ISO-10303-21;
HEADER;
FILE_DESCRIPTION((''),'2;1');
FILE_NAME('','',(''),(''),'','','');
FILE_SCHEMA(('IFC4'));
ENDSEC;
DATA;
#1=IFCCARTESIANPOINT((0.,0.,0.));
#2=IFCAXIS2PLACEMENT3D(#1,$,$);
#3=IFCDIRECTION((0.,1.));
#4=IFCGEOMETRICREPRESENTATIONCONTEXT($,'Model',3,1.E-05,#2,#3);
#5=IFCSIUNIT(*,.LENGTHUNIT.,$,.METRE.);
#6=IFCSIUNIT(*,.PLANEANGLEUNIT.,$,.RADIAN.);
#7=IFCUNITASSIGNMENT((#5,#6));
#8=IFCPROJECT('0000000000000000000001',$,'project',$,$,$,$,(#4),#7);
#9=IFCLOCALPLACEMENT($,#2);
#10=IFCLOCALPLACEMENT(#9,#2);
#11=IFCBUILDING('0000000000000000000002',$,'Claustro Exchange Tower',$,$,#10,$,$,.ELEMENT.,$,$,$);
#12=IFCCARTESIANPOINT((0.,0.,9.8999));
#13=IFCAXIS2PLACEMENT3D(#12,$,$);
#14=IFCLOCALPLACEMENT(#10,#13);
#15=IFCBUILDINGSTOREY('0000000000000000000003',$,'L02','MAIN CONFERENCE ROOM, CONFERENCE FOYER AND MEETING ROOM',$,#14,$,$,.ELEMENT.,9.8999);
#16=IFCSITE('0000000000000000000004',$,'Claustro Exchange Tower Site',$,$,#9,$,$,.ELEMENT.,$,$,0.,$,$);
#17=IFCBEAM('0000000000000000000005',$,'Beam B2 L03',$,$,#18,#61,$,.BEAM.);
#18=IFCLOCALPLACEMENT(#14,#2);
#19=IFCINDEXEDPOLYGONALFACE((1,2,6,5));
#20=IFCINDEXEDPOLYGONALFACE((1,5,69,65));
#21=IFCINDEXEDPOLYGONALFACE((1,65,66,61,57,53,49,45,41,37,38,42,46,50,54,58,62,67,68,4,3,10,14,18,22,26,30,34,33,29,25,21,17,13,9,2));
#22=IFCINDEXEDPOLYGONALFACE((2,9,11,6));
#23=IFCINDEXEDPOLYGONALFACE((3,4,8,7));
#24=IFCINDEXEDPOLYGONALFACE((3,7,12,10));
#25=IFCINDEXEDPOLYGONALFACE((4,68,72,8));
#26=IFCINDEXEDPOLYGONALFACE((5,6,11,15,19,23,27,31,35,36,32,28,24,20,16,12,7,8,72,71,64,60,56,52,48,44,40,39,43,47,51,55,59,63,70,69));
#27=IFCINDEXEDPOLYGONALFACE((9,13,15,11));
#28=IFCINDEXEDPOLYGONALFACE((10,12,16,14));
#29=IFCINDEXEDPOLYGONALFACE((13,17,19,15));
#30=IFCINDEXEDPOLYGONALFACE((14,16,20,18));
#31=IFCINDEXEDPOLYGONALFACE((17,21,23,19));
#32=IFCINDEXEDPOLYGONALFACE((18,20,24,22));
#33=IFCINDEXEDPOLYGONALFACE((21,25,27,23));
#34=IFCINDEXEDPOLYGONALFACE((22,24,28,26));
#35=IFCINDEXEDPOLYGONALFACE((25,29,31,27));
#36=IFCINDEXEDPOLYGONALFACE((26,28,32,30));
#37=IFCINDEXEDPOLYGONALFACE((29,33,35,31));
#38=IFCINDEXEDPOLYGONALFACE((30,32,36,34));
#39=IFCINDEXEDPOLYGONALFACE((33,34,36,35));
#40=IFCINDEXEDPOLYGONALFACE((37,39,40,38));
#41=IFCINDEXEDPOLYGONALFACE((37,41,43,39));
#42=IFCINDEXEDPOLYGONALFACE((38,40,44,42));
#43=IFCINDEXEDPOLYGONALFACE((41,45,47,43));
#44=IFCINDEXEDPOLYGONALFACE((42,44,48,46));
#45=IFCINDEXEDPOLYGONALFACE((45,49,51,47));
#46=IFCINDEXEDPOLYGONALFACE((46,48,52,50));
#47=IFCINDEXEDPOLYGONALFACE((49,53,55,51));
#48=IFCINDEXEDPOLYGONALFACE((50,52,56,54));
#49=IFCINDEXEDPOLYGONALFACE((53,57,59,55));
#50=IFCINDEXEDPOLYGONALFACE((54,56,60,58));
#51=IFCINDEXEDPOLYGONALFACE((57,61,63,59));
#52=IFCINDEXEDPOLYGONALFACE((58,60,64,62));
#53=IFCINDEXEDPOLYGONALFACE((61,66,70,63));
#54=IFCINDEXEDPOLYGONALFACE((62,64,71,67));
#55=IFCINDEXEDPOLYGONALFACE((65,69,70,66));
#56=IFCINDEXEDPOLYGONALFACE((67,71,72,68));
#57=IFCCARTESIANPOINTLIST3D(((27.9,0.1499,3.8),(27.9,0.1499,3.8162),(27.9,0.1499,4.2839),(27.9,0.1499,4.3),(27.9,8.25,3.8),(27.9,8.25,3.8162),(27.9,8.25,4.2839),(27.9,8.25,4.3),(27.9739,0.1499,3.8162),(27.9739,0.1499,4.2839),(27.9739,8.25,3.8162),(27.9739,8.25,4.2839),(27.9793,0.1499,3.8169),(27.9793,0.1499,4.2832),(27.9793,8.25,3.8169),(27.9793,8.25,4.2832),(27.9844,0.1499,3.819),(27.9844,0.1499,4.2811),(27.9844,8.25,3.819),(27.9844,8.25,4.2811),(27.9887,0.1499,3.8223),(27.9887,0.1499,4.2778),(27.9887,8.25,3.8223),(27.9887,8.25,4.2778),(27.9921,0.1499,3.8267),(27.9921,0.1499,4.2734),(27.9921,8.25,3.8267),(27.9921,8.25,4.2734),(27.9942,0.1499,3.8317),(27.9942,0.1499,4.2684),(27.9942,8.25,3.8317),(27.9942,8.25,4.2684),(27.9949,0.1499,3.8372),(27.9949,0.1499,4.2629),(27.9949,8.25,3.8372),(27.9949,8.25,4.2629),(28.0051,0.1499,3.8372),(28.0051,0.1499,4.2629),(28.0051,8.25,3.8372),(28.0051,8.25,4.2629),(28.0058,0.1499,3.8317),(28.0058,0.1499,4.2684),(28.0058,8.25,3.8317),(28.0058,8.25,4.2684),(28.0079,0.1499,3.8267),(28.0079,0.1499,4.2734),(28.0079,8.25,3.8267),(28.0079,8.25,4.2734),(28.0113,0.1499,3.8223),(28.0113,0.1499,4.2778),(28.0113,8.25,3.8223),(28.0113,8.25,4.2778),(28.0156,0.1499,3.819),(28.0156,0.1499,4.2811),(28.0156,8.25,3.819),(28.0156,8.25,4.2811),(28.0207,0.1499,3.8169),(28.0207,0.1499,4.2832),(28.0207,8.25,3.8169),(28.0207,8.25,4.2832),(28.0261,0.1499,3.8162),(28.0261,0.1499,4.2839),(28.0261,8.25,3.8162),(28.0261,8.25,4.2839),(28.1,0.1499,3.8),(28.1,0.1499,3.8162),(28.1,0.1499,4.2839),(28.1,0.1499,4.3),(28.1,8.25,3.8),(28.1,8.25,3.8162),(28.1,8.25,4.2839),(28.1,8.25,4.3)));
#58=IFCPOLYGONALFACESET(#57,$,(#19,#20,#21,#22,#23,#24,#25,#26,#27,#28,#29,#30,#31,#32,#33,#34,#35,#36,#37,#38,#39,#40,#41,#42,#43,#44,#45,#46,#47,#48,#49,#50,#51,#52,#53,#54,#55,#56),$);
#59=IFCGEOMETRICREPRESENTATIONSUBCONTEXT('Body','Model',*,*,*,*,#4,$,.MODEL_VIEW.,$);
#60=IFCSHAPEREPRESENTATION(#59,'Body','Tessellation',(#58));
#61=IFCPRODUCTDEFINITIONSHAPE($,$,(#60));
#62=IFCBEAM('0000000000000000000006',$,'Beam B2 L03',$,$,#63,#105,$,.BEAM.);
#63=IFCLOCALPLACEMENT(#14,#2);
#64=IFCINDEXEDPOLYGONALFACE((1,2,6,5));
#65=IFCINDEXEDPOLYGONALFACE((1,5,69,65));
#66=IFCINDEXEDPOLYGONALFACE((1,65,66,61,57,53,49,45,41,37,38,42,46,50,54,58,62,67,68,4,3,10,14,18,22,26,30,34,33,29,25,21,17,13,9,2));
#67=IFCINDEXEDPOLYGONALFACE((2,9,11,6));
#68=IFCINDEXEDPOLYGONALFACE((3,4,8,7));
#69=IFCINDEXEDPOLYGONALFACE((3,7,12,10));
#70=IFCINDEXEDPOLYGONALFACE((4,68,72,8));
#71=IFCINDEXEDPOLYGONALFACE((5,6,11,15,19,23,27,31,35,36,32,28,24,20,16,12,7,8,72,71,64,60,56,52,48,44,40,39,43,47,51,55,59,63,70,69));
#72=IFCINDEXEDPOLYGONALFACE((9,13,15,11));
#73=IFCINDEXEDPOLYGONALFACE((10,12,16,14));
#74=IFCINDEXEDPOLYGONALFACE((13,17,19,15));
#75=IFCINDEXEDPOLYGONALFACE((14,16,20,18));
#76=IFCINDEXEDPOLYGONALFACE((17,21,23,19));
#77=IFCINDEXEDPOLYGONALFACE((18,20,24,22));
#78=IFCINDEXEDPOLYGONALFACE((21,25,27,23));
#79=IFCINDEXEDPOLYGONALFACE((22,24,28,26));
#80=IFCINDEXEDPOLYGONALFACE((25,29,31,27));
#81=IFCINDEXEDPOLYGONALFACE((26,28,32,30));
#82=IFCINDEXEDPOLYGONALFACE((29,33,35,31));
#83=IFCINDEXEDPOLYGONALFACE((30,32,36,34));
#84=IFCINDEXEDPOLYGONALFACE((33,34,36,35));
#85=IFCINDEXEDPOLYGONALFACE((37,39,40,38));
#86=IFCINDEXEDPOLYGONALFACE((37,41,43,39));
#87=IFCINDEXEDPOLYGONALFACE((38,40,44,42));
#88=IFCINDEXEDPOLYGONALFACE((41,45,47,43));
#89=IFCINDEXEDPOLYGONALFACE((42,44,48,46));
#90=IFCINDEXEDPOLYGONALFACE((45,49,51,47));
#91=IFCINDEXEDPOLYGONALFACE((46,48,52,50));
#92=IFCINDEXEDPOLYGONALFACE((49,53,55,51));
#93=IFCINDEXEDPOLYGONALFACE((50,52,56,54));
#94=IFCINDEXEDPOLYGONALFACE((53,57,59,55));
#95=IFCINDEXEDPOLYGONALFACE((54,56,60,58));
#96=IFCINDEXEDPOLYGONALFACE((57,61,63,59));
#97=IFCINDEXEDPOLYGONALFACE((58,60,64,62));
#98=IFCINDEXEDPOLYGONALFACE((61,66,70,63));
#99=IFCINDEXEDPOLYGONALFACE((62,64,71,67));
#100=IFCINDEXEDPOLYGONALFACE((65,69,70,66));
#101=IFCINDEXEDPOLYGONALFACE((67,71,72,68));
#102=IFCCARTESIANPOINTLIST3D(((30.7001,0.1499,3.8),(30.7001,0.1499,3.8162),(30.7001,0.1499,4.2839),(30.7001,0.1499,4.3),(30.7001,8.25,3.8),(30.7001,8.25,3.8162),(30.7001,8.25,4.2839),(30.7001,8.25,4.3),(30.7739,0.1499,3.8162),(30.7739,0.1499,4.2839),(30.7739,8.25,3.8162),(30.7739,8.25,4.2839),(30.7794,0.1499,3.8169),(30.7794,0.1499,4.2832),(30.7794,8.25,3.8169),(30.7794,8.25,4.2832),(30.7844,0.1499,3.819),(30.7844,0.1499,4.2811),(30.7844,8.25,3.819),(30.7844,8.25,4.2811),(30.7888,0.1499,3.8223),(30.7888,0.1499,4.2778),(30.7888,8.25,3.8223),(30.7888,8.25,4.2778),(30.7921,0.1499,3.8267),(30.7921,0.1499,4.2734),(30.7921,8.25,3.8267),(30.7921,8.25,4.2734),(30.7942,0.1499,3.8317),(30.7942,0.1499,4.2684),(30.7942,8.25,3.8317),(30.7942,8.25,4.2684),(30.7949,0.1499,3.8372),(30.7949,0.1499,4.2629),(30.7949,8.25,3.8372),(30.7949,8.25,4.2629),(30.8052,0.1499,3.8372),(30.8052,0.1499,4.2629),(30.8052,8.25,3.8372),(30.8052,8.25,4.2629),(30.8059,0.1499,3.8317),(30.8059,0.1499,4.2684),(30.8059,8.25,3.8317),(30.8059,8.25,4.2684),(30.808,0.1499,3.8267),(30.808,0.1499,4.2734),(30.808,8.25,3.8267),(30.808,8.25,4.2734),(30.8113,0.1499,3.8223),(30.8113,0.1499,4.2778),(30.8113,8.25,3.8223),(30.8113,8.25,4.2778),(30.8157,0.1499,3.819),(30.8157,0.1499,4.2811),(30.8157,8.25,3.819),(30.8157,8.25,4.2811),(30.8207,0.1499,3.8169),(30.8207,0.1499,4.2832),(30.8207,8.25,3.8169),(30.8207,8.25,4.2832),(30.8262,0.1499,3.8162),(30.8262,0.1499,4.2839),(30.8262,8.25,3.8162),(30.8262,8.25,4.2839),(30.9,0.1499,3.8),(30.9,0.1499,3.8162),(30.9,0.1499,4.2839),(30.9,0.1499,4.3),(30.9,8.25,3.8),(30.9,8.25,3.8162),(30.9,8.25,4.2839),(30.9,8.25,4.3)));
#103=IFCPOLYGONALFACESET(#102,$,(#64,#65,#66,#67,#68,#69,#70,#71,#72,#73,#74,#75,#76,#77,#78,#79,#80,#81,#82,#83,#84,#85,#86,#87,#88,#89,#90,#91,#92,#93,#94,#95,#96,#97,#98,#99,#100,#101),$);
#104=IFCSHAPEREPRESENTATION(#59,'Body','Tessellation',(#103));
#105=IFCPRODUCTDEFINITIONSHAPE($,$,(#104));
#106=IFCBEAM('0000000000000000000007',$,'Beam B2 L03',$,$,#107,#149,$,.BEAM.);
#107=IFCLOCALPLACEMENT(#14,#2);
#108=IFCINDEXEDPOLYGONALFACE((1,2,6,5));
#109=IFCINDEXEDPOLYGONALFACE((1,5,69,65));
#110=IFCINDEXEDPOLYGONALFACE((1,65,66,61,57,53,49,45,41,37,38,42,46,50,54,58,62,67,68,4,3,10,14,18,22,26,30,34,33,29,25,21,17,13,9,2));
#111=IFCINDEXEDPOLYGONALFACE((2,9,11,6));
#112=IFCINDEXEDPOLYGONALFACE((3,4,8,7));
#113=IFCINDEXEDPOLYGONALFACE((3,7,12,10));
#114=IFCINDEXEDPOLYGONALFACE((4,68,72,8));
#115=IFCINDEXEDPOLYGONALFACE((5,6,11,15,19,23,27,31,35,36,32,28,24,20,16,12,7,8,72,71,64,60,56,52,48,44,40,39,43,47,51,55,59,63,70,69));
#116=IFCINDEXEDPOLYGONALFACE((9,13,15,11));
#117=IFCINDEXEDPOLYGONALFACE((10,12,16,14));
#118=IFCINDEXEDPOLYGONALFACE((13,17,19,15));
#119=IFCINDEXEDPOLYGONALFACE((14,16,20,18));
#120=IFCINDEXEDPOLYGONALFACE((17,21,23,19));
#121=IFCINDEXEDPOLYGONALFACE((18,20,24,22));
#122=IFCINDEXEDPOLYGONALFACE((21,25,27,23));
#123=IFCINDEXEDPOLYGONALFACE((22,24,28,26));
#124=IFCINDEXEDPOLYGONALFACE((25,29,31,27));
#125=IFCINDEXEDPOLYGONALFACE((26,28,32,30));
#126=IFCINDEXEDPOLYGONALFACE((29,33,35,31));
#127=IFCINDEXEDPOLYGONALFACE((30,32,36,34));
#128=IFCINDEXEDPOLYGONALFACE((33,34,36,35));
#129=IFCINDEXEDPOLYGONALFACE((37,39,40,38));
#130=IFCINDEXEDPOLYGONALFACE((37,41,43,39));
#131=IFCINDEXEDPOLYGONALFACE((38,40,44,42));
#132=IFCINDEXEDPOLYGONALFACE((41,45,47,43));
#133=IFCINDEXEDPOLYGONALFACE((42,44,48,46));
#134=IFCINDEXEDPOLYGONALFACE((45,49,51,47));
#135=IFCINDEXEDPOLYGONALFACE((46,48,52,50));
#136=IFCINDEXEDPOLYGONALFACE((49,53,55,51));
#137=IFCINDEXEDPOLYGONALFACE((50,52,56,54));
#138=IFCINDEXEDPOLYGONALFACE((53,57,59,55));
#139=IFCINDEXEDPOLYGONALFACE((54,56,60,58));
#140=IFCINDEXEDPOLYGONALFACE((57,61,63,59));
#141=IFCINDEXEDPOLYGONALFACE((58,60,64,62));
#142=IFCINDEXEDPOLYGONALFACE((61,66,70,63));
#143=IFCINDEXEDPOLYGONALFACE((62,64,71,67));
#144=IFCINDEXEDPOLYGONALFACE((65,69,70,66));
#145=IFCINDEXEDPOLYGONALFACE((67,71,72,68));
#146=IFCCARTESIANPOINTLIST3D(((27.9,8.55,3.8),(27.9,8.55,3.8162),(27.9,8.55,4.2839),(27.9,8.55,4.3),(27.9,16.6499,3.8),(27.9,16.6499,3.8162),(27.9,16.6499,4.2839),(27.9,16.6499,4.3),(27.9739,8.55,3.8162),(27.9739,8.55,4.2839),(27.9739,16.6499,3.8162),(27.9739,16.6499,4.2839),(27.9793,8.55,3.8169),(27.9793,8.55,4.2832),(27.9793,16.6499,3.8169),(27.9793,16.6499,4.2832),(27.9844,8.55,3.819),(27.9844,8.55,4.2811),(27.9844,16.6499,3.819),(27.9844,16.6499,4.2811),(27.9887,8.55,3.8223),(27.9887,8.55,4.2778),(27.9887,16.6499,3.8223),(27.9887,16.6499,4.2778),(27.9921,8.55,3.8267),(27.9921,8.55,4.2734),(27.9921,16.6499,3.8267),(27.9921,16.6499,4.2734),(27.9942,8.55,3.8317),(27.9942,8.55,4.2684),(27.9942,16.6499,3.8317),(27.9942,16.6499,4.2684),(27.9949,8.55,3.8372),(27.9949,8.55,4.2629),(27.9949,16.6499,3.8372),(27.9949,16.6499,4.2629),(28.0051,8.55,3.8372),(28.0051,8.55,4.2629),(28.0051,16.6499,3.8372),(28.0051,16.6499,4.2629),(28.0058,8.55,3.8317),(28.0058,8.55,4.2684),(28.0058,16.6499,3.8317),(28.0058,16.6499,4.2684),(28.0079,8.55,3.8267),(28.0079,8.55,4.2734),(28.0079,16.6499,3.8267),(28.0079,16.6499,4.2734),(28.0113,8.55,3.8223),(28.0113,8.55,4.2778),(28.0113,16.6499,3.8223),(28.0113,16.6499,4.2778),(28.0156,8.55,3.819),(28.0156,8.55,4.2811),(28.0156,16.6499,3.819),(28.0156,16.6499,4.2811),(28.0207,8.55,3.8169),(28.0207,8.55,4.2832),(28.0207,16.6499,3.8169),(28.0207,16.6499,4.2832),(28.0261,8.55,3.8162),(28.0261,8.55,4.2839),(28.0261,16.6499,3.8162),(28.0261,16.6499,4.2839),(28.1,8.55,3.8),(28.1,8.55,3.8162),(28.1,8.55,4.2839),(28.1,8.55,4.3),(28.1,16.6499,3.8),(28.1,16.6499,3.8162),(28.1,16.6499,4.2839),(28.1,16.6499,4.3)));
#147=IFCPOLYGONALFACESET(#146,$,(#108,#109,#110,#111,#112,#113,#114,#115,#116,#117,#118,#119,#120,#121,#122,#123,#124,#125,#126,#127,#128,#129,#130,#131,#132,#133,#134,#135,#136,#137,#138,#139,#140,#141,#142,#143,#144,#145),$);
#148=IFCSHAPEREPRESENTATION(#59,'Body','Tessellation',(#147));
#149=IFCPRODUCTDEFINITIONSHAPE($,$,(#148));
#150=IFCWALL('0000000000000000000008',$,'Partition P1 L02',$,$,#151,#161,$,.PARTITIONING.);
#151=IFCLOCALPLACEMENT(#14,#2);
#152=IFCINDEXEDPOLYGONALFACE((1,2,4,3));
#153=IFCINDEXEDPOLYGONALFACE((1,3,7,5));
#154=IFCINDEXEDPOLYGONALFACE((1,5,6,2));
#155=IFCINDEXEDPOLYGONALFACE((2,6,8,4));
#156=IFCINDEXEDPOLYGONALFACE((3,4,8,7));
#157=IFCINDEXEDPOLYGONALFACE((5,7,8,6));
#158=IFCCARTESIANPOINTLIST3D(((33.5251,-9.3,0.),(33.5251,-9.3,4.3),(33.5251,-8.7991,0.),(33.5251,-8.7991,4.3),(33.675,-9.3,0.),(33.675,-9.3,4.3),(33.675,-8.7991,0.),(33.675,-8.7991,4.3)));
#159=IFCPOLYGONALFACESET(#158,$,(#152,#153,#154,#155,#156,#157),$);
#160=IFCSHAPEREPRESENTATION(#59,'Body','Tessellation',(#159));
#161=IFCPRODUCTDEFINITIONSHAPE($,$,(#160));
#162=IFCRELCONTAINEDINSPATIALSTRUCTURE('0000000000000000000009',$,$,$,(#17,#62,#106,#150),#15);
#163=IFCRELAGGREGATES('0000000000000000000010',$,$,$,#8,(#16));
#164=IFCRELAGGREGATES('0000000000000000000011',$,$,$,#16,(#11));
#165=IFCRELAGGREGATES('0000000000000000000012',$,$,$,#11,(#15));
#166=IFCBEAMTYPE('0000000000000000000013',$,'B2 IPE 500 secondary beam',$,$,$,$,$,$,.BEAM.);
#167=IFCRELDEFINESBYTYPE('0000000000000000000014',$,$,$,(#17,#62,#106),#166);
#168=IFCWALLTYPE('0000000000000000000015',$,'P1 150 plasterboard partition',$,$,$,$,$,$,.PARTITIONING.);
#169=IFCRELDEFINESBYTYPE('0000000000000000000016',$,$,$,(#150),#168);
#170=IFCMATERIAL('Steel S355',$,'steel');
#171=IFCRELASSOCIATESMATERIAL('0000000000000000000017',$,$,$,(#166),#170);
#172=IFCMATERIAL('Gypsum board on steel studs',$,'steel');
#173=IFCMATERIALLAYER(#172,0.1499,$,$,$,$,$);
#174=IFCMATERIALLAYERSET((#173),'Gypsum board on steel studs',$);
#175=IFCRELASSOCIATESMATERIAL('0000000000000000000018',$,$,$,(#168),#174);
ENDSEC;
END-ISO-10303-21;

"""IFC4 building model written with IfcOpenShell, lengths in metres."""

from ifc_helpers import new_model, si_unit, direction, frame, frame_2d, origin, origin_2d, place, context, subcontext, project, spatial, rectangle, i_section, extrude, material, layer, layer_set, material_profile, profile_set, type_object, element, save


model = new_model("IFC4")

# Units and contexts
model_context = context("Model", 3, precision=1e-05, world=origin(), true_north=direction((0.0, 1.0)))
body_context = subcontext(model_context, "Body", "Model", "MODEL_VIEW")
ifc_project = project(units=[si_unit("LENGTHUNIT", "METRE"), si_unit("PLANEANGLEUNIT", "RADIAN")], contexts=[model_context])

# Site, building, storey
site_placement = place(None, origin())
site = spatial("IfcSite", under=ifc_project, at=site_placement, Name="Claustro Exchange Tower Site", CompositionType="ELEMENT", RefElevation=0.0)
building_placement = place(site_placement, origin())
building = spatial("IfcBuilding", under=site, at=building_placement, Name="Claustro Exchange Tower", CompositionType="ELEMENT")
storey_placement = place(building_placement, frame((0.0, 0.0, 9.8999)))
storey = spatial("IfcBuildingStorey", under=building, at=storey_placement, Name="L02", Description="MAIN CONFERENCE ROOM, CONFERENCE FOYER AND MEETING ROOM", CompositionType="ELEMENT", Elevation=9.8999)

# Beams
ifc_material_1 = material(Name="Steel S355", Category="steel")
ifc_material_profile_1 = material_profile(ifc_material_1, i_section(OverallWidth=0.2, OverallDepth=0.5, WebThickness=0.0103, FlangeThickness=0.0161, FilletRadius=0.021, at=origin_2d()), Name="IPE 500")
ifc_profile_set_1 = profile_set([ifc_material_profile_1], Name="Steel S355")
beam_type_1 = type_object("IfcBeamType", Name="B2 IPE 500 secondary beam", PredefinedType="BEAM", material=ifc_profile_set_1)
for number, where, z_axis, x_axis, name in (
    (1, (28.0, 0.1499, 4.05), (0.0, 1.0, 0.0), (-1.0, 0.0, 0.0), "Beam B2 L03"),
    (2, (30.8, 0.1499, 4.05), (0.0, 1.0, 0.0), (-1.0, 0.0, 0.0), "Beam B2 L03"),
):
    element("IfcBeam", number, at=place(storey_placement, frame(where, z_axis=z_axis, x_axis=x_axis)), inside=storey, type_object=beam_type_1, Name=name, PredefinedType="BEAM", context=body_context, shape_type="SweptSolid", body=[
        extrude(i_section(OverallWidth=0.2, OverallDepth=0.5, WebThickness=0.0103, FlangeThickness=0.0161, FilletRadius=0.021, at=origin_2d()), origin(), (0.0, 0.0, 1.0), 8.1001),
    ])
beam_1_placement = place(storey_placement, frame((28.0, 8.55, 4.05), z_axis=(0.0, 1.0, 0.0), x_axis=(-1.0, 0.0, 0.0)))
element("IfcBeam", 3, at=beam_1_placement, inside=storey, type_object=beam_type_1, Name="Beam B2 L03", PredefinedType="BEAM", context=body_context, shape_type="SweptSolid", body=[
    extrude(i_section(OverallWidth=0.2, OverallDepth=0.5, WebThickness=0.0103, FlangeThickness=0.0161, FilletRadius=0.021, at=origin_2d()), origin(), (0.0, 0.0, 1.0), 8.0999),
])

# Wall
ifc_material_2 = material(Name="Gypsum board on steel studs", Category="steel")
ifc_layer_1 = layer(ifc_material_2, 0.1499)
ifc_layer_set_1 = layer_set([ifc_layer_1], Name="Gypsum board on steel studs")
wall_type_1 = type_object("IfcWallType", Name="P1 150 plasterboard partition", PredefinedType="PARTITIONING", material=ifc_layer_set_1)
wall_1_placement = place(storey_placement, frame((33.6001, -9.3, 0.0), z_axis=(0.0, 0.0, 1.0), x_axis=(0.0, 1.0, 0.0)))
element("IfcWall", 4, at=wall_1_placement, inside=storey, type_object=wall_type_1, Name="Partition P1 L02", PredefinedType="PARTITIONING", context=body_context, shape_type="SweptSolid", body=[
    extrude(rectangle(XDim=0.501, YDim=0.1499, at=frame_2d((0.2505, 0.0))), origin(), (0.0, 0.0, 1.0), 4.3),
])

save(model, "model.ifc")
